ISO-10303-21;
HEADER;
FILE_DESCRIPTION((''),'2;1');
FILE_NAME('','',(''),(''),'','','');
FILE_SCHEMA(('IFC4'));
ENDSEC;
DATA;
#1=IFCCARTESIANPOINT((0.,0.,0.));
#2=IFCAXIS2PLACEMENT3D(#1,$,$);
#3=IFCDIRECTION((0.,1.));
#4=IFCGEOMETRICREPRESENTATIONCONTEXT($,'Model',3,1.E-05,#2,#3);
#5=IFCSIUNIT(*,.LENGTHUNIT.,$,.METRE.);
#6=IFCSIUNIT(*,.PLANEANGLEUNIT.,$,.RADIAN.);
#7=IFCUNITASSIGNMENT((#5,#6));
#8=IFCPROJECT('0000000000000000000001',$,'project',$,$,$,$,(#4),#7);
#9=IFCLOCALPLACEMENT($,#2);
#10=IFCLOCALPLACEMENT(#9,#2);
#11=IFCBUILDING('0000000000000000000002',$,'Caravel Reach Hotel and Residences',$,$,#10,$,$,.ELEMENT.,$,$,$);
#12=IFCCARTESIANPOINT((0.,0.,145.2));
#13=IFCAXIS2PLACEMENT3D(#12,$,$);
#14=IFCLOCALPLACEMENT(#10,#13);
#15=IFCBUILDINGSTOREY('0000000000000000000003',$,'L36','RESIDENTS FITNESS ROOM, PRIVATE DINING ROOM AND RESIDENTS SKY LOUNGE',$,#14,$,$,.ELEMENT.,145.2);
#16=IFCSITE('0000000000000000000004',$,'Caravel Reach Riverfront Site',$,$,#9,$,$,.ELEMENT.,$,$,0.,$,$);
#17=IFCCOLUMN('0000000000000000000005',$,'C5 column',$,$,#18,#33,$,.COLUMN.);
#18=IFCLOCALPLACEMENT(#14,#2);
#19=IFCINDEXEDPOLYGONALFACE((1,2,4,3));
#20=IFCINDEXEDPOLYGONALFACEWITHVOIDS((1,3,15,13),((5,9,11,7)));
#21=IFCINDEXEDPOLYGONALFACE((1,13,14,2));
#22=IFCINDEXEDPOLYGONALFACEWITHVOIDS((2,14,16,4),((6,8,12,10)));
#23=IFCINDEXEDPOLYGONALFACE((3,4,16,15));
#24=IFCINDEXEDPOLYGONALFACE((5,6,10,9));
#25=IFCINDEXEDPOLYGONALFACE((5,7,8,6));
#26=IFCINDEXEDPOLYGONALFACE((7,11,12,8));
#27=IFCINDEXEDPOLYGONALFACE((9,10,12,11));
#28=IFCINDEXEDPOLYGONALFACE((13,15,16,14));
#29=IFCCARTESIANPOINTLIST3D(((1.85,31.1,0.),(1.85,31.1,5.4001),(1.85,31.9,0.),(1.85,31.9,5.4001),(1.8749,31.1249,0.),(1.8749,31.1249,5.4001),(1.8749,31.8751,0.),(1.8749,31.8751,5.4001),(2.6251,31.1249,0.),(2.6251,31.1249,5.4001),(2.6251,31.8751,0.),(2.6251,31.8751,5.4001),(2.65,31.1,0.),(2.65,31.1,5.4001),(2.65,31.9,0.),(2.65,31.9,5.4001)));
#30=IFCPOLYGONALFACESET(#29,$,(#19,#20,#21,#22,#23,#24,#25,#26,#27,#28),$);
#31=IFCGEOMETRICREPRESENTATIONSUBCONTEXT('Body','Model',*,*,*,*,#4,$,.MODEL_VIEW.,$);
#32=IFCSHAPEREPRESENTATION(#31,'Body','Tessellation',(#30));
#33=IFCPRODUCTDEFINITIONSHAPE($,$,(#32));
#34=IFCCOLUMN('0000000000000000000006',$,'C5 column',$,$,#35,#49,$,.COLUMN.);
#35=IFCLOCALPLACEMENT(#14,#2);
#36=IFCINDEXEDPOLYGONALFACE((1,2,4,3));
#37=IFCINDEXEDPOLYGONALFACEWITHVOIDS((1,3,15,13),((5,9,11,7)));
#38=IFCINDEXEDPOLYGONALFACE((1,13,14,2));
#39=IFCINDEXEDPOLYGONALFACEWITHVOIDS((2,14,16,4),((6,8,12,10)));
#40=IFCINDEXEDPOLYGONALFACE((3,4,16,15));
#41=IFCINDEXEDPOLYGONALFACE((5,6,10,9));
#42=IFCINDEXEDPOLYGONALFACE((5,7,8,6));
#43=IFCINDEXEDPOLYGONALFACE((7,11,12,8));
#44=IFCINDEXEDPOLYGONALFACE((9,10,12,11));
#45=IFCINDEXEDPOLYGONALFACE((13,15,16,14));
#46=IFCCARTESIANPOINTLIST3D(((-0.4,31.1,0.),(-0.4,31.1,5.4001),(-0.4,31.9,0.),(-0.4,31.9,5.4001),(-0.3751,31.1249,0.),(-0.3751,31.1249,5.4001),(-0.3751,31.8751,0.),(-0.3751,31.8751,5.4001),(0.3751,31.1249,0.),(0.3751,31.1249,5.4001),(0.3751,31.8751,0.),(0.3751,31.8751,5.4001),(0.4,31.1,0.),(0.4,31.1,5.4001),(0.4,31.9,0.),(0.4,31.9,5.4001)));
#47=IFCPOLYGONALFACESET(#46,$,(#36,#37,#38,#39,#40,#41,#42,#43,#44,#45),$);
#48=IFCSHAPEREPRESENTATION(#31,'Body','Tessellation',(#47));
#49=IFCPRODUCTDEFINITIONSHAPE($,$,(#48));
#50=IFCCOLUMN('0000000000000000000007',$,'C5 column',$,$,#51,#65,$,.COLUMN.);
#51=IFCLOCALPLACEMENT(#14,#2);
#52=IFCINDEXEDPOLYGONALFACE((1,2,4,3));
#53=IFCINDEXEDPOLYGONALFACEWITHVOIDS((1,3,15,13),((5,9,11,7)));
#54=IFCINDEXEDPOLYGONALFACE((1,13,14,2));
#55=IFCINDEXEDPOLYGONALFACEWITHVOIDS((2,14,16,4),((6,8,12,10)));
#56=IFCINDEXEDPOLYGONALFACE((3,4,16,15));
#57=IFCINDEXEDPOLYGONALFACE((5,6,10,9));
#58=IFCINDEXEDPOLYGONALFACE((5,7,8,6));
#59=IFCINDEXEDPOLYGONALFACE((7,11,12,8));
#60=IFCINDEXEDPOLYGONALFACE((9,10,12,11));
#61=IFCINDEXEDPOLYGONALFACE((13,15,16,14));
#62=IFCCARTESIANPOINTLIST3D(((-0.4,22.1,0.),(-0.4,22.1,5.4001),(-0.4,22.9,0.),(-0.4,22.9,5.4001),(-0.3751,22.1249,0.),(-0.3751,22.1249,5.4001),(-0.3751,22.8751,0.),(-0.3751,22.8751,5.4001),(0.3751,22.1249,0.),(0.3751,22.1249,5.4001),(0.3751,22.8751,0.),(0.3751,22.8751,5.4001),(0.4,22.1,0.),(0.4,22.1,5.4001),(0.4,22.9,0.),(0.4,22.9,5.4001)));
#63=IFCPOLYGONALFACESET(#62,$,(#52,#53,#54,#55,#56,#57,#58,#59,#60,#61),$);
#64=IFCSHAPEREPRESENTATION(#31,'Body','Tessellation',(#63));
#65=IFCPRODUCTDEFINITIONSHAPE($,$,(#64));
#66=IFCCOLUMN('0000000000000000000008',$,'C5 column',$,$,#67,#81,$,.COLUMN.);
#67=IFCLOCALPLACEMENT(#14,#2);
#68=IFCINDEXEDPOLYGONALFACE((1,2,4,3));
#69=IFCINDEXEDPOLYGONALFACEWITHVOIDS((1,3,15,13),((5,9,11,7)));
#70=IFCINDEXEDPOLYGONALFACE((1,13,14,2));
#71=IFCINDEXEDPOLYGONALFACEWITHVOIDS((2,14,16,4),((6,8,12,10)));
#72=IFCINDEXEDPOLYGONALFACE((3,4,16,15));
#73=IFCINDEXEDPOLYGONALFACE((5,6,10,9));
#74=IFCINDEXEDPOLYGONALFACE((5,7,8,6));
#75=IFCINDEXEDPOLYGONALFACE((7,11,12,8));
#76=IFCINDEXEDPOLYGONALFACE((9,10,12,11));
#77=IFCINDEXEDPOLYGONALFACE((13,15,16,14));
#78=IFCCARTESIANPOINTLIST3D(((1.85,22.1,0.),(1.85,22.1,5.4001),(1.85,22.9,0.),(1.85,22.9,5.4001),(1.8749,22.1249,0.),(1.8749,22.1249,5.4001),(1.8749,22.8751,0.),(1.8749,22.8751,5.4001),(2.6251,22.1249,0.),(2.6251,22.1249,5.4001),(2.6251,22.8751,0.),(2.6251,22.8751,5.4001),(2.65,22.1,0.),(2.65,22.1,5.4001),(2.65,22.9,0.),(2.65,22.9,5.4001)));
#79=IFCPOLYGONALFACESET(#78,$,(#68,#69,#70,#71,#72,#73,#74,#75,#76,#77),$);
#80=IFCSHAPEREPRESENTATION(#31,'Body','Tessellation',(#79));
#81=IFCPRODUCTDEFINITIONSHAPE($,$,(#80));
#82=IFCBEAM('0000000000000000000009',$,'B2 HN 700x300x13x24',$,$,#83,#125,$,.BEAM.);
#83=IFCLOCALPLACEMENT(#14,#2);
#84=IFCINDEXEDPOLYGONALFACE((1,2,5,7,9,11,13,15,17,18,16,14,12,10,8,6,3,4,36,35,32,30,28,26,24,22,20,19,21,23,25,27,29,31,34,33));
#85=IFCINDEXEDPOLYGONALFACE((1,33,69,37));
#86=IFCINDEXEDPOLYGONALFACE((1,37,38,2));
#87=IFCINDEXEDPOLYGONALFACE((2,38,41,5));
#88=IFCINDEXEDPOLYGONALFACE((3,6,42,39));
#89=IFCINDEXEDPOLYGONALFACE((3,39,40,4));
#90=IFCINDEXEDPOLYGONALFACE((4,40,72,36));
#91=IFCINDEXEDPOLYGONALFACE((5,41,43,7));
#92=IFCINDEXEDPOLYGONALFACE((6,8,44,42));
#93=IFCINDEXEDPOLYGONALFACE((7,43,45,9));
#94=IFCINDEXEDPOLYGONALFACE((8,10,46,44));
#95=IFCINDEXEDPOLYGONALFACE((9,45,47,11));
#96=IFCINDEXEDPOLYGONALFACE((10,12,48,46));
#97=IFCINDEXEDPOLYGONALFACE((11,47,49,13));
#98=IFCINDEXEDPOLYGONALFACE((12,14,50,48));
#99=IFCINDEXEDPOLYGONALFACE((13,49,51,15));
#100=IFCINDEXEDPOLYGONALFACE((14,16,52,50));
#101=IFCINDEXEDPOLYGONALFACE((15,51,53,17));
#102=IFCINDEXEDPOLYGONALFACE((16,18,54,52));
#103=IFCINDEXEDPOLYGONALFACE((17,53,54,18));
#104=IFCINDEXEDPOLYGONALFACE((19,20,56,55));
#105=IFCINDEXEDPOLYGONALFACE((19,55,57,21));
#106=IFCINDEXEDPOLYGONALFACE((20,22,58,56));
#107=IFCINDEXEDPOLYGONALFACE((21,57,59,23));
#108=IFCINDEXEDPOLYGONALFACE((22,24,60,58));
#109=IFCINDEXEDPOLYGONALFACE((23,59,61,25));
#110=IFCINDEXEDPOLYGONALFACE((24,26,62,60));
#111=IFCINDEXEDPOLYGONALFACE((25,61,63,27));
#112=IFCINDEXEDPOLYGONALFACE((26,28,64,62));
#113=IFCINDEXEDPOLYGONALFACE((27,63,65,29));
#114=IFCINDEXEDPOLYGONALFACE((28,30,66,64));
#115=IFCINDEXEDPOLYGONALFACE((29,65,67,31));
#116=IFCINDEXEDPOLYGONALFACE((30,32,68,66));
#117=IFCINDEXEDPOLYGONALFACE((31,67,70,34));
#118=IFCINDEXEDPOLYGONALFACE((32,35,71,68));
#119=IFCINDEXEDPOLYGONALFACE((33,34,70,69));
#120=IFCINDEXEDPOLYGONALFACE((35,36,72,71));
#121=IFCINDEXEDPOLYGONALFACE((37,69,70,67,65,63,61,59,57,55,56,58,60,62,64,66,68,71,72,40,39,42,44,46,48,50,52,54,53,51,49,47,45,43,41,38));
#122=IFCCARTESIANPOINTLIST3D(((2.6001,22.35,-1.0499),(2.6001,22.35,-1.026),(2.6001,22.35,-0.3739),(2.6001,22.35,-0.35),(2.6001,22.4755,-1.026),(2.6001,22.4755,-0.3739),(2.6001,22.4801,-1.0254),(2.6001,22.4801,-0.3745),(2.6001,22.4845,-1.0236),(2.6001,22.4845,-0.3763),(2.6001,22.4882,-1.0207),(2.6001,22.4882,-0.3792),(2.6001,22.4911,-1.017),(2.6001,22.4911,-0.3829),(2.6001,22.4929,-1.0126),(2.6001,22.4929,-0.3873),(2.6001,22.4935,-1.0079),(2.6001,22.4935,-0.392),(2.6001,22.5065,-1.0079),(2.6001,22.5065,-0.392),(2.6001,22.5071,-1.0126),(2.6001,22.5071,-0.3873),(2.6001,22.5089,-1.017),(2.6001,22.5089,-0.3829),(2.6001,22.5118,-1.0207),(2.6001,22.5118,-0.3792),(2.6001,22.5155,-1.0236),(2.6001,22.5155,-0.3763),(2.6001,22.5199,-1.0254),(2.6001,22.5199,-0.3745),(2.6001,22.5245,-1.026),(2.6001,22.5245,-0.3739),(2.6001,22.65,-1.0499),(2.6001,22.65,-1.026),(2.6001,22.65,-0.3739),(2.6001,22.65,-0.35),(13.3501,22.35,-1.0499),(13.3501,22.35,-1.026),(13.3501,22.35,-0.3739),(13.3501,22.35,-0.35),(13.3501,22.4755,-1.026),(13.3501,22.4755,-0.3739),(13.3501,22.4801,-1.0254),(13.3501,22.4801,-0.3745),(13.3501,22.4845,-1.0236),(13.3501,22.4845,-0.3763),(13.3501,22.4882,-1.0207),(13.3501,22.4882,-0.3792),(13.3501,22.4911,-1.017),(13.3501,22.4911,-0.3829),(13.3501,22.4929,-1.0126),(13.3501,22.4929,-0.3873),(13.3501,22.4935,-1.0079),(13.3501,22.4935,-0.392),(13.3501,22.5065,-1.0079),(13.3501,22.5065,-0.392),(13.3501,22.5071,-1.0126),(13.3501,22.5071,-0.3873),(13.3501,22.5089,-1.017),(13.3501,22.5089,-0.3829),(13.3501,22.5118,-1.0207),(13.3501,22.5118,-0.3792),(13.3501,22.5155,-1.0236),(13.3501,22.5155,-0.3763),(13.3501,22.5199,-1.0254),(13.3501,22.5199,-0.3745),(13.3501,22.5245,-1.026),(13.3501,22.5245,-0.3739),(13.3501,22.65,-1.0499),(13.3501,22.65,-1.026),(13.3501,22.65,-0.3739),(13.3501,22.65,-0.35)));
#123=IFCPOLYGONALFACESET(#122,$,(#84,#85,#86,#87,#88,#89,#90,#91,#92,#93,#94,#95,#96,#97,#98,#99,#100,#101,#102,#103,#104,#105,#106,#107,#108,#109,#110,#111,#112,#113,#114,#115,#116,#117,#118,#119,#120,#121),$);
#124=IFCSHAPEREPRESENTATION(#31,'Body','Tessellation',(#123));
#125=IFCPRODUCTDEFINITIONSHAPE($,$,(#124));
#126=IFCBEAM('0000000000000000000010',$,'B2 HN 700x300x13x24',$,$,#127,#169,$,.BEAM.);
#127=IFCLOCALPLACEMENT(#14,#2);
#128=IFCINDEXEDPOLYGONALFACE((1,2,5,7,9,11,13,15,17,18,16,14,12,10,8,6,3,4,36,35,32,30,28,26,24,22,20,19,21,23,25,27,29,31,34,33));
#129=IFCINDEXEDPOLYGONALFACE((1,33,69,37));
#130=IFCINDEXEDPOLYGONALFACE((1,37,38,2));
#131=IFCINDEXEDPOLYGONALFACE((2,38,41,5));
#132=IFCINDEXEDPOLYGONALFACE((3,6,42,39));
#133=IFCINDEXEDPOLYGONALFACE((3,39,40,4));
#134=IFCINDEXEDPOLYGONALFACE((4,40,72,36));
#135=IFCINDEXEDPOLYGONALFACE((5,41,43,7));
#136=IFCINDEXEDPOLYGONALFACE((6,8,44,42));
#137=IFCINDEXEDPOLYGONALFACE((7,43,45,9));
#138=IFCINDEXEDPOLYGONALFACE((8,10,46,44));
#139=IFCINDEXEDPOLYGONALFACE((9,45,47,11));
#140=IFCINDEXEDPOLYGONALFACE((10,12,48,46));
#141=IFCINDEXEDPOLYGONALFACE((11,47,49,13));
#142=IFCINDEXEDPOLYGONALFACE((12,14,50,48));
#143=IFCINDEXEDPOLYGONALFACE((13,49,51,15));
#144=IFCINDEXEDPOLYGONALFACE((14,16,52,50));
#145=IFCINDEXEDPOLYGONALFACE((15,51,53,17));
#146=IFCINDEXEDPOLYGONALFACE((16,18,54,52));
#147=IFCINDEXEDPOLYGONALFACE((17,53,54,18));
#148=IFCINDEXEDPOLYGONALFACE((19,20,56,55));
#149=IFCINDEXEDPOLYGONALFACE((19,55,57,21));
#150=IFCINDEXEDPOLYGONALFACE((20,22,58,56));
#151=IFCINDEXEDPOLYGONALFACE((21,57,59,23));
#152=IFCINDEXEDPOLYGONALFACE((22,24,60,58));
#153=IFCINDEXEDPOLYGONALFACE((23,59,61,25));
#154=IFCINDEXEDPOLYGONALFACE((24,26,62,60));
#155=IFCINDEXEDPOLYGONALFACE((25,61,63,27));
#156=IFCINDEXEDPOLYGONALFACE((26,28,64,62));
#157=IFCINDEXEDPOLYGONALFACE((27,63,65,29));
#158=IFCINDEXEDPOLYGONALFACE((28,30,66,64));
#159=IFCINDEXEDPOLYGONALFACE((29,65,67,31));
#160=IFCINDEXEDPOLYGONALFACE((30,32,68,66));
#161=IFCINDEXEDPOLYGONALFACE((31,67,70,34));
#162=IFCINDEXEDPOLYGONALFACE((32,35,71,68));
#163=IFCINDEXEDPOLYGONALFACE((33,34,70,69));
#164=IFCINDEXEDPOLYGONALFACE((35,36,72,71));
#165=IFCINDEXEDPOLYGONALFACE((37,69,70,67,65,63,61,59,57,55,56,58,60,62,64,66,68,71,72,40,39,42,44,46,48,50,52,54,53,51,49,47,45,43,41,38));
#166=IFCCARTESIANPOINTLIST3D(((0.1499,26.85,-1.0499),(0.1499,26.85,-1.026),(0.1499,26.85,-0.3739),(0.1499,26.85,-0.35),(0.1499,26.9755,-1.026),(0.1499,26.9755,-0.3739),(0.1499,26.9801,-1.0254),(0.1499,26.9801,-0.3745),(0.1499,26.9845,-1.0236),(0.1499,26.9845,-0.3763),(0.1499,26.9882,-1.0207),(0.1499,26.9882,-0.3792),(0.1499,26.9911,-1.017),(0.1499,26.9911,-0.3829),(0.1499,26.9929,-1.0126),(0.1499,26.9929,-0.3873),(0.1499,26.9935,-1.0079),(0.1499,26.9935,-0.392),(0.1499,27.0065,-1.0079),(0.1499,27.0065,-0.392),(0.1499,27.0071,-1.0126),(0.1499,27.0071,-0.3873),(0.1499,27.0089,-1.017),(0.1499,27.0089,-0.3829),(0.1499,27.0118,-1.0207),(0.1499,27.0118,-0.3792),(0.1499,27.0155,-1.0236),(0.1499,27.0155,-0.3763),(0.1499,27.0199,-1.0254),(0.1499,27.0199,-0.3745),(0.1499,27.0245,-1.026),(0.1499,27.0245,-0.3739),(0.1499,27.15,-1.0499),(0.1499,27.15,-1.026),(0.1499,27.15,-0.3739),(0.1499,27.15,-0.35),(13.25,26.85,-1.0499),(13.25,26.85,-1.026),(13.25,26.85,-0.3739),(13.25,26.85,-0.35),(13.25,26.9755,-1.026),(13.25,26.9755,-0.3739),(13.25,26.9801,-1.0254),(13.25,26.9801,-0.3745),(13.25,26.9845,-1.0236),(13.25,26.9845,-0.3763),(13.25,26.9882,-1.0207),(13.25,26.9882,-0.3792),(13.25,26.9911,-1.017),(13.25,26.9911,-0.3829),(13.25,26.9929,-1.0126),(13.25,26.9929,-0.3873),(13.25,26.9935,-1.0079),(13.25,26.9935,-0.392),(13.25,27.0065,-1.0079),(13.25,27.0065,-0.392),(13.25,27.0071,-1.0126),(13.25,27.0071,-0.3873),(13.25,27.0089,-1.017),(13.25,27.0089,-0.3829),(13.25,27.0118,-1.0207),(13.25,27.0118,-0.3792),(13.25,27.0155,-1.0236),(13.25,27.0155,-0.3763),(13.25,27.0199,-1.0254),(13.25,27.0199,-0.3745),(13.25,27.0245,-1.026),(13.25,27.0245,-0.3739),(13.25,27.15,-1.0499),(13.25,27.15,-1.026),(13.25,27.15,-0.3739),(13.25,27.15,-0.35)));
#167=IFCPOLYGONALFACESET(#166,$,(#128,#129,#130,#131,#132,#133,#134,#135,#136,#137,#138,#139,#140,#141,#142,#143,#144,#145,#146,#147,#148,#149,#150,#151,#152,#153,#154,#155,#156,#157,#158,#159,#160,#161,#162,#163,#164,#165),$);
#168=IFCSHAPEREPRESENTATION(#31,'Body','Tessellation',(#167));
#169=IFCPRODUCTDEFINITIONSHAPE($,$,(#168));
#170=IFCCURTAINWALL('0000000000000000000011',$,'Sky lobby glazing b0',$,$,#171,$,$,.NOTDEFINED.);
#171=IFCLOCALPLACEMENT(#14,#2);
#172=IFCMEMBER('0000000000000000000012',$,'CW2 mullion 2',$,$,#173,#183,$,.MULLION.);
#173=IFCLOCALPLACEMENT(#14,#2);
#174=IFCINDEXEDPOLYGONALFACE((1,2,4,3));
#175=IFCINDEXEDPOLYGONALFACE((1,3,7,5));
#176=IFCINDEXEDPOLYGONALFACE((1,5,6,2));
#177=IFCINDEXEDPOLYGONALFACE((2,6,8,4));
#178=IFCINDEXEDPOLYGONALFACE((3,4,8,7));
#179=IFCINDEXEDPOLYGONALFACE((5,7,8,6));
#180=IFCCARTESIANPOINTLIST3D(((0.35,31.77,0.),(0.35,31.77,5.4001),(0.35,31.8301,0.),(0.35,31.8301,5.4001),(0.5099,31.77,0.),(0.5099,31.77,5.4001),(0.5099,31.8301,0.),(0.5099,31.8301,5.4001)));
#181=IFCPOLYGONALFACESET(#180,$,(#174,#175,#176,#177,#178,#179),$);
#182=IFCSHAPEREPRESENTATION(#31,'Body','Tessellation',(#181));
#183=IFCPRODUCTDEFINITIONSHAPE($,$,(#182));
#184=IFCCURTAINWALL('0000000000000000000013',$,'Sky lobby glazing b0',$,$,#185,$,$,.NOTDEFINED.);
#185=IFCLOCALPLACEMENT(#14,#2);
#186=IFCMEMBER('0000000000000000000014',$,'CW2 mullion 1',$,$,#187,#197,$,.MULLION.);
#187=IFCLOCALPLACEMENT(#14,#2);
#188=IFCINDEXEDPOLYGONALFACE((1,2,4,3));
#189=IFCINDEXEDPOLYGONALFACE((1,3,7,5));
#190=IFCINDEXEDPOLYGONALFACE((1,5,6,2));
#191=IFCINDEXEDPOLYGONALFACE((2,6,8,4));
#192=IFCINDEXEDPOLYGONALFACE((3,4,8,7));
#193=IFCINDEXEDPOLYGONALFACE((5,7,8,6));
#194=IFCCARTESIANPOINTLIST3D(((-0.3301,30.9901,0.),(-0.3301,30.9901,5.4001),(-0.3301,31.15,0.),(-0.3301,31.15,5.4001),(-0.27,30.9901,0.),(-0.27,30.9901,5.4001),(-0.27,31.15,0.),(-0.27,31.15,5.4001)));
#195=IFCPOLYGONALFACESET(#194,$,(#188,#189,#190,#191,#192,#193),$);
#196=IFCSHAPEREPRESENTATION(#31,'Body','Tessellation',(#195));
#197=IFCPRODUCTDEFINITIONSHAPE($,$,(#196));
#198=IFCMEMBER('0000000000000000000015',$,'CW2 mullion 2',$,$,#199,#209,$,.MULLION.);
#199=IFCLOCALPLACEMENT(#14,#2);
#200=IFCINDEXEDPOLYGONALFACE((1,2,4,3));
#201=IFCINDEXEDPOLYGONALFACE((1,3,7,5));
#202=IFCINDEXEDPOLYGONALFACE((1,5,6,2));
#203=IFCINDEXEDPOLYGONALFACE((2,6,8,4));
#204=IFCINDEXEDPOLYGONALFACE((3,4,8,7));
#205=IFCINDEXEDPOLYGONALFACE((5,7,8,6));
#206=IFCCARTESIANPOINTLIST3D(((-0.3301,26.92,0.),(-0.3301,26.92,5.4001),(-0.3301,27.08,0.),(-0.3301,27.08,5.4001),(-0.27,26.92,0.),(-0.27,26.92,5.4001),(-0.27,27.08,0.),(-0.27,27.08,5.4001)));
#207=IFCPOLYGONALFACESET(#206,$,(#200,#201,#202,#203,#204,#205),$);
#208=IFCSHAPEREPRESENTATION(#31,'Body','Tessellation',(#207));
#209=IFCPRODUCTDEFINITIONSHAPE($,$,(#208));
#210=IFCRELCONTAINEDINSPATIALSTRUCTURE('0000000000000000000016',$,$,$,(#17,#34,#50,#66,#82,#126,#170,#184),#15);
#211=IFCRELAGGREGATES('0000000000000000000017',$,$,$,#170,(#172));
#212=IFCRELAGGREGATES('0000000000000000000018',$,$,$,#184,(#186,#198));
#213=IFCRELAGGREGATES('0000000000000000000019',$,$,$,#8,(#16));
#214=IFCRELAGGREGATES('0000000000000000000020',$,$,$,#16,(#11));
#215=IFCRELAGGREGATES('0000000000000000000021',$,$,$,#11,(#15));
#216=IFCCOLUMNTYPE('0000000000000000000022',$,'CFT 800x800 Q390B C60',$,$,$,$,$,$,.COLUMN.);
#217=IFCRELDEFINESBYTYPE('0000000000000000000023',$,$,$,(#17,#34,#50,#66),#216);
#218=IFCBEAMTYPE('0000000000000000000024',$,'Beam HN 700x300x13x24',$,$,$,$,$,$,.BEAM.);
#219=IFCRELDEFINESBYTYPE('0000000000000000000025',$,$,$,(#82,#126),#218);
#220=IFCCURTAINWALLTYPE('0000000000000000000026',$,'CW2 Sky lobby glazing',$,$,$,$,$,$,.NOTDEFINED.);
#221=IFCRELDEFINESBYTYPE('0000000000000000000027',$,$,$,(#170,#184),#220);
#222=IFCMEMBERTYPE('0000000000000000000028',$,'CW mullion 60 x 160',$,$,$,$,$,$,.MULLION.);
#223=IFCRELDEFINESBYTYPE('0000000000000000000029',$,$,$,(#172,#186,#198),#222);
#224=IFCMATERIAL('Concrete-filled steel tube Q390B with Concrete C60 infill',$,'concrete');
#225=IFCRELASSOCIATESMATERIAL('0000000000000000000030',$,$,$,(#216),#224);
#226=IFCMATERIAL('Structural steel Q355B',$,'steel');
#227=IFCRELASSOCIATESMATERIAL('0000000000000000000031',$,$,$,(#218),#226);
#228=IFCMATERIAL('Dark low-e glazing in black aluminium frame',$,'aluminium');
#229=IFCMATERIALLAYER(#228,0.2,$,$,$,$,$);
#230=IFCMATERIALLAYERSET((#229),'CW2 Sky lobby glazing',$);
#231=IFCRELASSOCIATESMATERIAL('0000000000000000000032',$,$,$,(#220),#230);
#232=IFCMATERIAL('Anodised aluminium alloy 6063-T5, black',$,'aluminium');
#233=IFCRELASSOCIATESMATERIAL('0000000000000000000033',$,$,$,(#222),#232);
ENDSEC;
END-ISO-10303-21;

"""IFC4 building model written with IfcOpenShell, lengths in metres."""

from ifc_helpers import new_model, si_unit, direction, frame, origin, origin_2d, place, context, subcontext, project, spatial, rectangle, hollow_rectangle, i_section, extrude, material, layer, layer_set, material_profile, profile_set, type_object, element, aggregate, save


model = new_model("IFC4")

# Units and contexts
model_context = context("Model", 3, precision=1e-05, world=origin(), true_north=direction((0.0, 1.0)))
body_context = subcontext(model_context, "Body", "Model", "MODEL_VIEW")
ifc_project = project(units=[si_unit("LENGTHUNIT", "METRE"), si_unit("PLANEANGLEUNIT", "RADIAN")], contexts=[model_context])

# Site, building, storey
site_placement = place(None, origin())
site = spatial("IfcSite", under=ifc_project, at=site_placement, Name="Caravel Reach Riverfront Site", CompositionType="ELEMENT", RefElevation=0.0)
building_placement = place(site_placement, origin())
building = spatial("IfcBuilding", under=site, at=building_placement, Name="Caravel Reach Hotel and Residences", CompositionType="ELEMENT")
storey_placement = place(building_placement, frame((0.0, 0.0, 145.2)))
storey = spatial("IfcBuildingStorey", under=building, at=storey_placement, Name="L36", Description="RESIDENTS FITNESS ROOM, PRIVATE DINING ROOM AND RESIDENTS SKY LOUNGE", CompositionType="ELEMENT", Elevation=145.2)

# Columns
ifc_material_1 = material(Name="Concrete-filled steel tube Q390B with Concrete C60 infill", Category="concrete")
ifc_material_profile_1 = material_profile(ifc_material_1, hollow_rectangle(XDim=0.8, YDim=0.8, WallThickness=0.0249, at=origin_2d()), Name="RHS 800x800x25")
ifc_profile_set_1 = profile_set([ifc_material_profile_1], Name="Concrete-filled steel tube Q390B with Concrete C60 infill")
column_type = type_object("IfcColumnType", Name="CFT 800x800 Q390B C60", PredefinedType="COLUMN", material=ifc_profile_set_1)
for number, where, z_axis, x_axis, name in (
    (1, (2.25, 31.5, 0.0), (0.0, 0.0, 1.0), (1.0, 0.0, 0.0), "C5 column"),
    (2, (0.0, 31.5, 0.0), (0.0, 0.0, 1.0), (1.0, 0.0, 0.0), "C5 column"),
    (3, (0.0, 22.5, 0.0), (0.0, 0.0, 1.0), (1.0, 0.0, 0.0), "C5 column"),
    (4, (2.25, 22.5, 0.0), (0.0, 0.0, 1.0), (1.0, 0.0, 0.0), "C5 column"),
):
    element("IfcColumn", number, at=place(storey_placement, frame(where, z_axis=z_axis, x_axis=x_axis)), inside=storey, type_object=column_type, Name=name, PredefinedType="COLUMN", context=body_context, shape_type="SweptSolid", body=[
        extrude(hollow_rectangle(XDim=0.8, YDim=0.8, WallThickness=0.0249, at=origin_2d()), origin(), (0.0, 0.0, 1.0), 5.4001),
    ])

# Beams
ifc_material_2 = material(Name="Structural steel Q355B", Category="steel")
ifc_material_profile_2 = material_profile(ifc_material_2, i_section(OverallWidth=0.3, OverallDepth=0.7, WebThickness=0.0129, FlangeThickness=0.0239, FilletRadius=0.0181, at=origin_2d()), Name="HN 700x300x13x24")
ifc_profile_set_2 = profile_set([ifc_material_profile_2], Name="Structural steel Q355B")
beam_type = type_object("IfcBeamType", Name="Beam HN 700x300x13x24", PredefinedType="BEAM", material=ifc_profile_set_2)
beam_1_placement = place(storey_placement, frame((13.3501, 22.5, -0.7), z_axis=(-1.0, 0.0, 0.0), x_axis=(0.0, -1.0, 0.0)))
element("IfcBeam", 5, at=beam_1_placement, inside=storey, type_object=beam_type, Name="B2 HN 700x300x13x24", PredefinedType="BEAM", context=body_context, shape_type="SweptSolid", body=[
    extrude(i_section(OverallWidth=0.3, OverallDepth=0.7, WebThickness=0.0129, FlangeThickness=0.0239, FilletRadius=0.0181, at=origin_2d()), origin(), (0.0, 0.0, 1.0), 10.75),
])
beam_2_placement = place(storey_placement, frame((13.25, 27.0, -0.7), z_axis=(-1.0, 0.0, 0.0), x_axis=(0.0, -1.0, 0.0)))
element("IfcBeam", 6, at=beam_2_placement, inside=storey, type_object=beam_type, Name="B2 HN 700x300x13x24", PredefinedType="BEAM", context=body_context, shape_type="SweptSolid", body=[
    extrude(i_section(OverallWidth=0.3, OverallDepth=0.7, WebThickness=0.0129, FlangeThickness=0.0239, FilletRadius=0.0181, at=origin_2d()), origin(), (0.0, 0.0, 1.0), 13.1001),
])

# Curtain wall, member
ifc_material_3 = material(Name="Dark low-e glazing in black aluminium frame", Category="aluminium")
ifc_layer_1 = layer(ifc_material_3, 0.2)
ifc_layer_set_1 = layer_set([ifc_layer_1], Name="CW2 Sky lobby glazing")
curtain_wall_type = type_object("IfcCurtainWallType", Name="CW2 Sky lobby glazing", PredefinedType="NOTDEFINED", material=ifc_layer_set_1)
curtain_wall_1_placement = place(storey_placement, origin())
curtain_wall_1 = element("IfcCurtainWall", 7, at=curtain_wall_1_placement, inside=storey, type_object=curtain_wall_type, Name="Sky lobby glazing b0", PredefinedType="NOTDEFINED")
ifc_material_4 = material(Name="Anodised aluminium alloy 6063-T5, black", Category="aluminium")
ifc_material_profile_3 = material_profile(ifc_material_4, rectangle(XDim=0.0601, YDim=0.1599, at=origin_2d()), Name="CW mullion 60 x 160")
ifc_profile_set_3 = profile_set([ifc_material_profile_3], Name="Anodised aluminium alloy 6063-T5, black")
member_type_1 = type_object("IfcMemberType", Name="CW mullion 60 x 160", PredefinedType="MULLION", material=ifc_profile_set_3)
member_1_placement = place(storey_placement, frame((0.4299, 31.8, 0.0), z_axis=(0.0, 0.0, 1.0), x_axis=(0.0, -1.0, 0.0)))
member_1 = element("IfcMember", 8, at=member_1_placement, type_object=member_type_1, Name="CW2 mullion 2", PredefinedType="MULLION", context=body_context, shape_type="SweptSolid", body=[
    extrude(rectangle(XDim=0.0601, YDim=0.1599, at=origin_2d()), origin(), (0.0, 0.0, 1.0), 5.4001),
])

# Curtain wall, members
curtain_wall_2_placement = place(storey_placement, origin())
curtain_wall_2 = element("IfcCurtainWall", 9, at=curtain_wall_2_placement, inside=storey, type_object=curtain_wall_type, Name="Sky lobby glazing b0", PredefinedType="NOTDEFINED")
member_2_placement = place(storey_placement, frame((-0.3, 31.0701, 0.0), z_axis=(0.0, 0.0, 1.0), x_axis=(1.0, 0.0, 0.0)))
member_2 = element("IfcMember", 10, at=member_2_placement, type_object=member_type_1, Name="CW2 mullion 1", PredefinedType="MULLION", context=body_context, shape_type="SweptSolid", body=[
    extrude(rectangle(XDim=0.0601, YDim=0.1599, at=origin_2d()), origin(), (0.0, 0.0, 1.0), 5.4001),
])
member_3_placement = place(storey_placement, frame((-0.3, 27.0, 0.0), z_axis=(0.0, 0.0, 1.0), x_axis=(1.0, 0.0, 0.0)))
member_3 = element("IfcMember", 11, at=member_3_placement, type_object=member_type_1, Name="CW2 mullion 2", PredefinedType="MULLION", context=body_context, shape_type="SweptSolid", body=[
    extrude(rectangle(XDim=0.0601, YDim=0.1599, at=origin_2d()), origin(), (0.0, 0.0, 1.0), 5.4001),
])

aggregate(curtain_wall_1, [member_1])
aggregate(curtain_wall_2, [member_2, member_3])

save(model, "model.ifc")
